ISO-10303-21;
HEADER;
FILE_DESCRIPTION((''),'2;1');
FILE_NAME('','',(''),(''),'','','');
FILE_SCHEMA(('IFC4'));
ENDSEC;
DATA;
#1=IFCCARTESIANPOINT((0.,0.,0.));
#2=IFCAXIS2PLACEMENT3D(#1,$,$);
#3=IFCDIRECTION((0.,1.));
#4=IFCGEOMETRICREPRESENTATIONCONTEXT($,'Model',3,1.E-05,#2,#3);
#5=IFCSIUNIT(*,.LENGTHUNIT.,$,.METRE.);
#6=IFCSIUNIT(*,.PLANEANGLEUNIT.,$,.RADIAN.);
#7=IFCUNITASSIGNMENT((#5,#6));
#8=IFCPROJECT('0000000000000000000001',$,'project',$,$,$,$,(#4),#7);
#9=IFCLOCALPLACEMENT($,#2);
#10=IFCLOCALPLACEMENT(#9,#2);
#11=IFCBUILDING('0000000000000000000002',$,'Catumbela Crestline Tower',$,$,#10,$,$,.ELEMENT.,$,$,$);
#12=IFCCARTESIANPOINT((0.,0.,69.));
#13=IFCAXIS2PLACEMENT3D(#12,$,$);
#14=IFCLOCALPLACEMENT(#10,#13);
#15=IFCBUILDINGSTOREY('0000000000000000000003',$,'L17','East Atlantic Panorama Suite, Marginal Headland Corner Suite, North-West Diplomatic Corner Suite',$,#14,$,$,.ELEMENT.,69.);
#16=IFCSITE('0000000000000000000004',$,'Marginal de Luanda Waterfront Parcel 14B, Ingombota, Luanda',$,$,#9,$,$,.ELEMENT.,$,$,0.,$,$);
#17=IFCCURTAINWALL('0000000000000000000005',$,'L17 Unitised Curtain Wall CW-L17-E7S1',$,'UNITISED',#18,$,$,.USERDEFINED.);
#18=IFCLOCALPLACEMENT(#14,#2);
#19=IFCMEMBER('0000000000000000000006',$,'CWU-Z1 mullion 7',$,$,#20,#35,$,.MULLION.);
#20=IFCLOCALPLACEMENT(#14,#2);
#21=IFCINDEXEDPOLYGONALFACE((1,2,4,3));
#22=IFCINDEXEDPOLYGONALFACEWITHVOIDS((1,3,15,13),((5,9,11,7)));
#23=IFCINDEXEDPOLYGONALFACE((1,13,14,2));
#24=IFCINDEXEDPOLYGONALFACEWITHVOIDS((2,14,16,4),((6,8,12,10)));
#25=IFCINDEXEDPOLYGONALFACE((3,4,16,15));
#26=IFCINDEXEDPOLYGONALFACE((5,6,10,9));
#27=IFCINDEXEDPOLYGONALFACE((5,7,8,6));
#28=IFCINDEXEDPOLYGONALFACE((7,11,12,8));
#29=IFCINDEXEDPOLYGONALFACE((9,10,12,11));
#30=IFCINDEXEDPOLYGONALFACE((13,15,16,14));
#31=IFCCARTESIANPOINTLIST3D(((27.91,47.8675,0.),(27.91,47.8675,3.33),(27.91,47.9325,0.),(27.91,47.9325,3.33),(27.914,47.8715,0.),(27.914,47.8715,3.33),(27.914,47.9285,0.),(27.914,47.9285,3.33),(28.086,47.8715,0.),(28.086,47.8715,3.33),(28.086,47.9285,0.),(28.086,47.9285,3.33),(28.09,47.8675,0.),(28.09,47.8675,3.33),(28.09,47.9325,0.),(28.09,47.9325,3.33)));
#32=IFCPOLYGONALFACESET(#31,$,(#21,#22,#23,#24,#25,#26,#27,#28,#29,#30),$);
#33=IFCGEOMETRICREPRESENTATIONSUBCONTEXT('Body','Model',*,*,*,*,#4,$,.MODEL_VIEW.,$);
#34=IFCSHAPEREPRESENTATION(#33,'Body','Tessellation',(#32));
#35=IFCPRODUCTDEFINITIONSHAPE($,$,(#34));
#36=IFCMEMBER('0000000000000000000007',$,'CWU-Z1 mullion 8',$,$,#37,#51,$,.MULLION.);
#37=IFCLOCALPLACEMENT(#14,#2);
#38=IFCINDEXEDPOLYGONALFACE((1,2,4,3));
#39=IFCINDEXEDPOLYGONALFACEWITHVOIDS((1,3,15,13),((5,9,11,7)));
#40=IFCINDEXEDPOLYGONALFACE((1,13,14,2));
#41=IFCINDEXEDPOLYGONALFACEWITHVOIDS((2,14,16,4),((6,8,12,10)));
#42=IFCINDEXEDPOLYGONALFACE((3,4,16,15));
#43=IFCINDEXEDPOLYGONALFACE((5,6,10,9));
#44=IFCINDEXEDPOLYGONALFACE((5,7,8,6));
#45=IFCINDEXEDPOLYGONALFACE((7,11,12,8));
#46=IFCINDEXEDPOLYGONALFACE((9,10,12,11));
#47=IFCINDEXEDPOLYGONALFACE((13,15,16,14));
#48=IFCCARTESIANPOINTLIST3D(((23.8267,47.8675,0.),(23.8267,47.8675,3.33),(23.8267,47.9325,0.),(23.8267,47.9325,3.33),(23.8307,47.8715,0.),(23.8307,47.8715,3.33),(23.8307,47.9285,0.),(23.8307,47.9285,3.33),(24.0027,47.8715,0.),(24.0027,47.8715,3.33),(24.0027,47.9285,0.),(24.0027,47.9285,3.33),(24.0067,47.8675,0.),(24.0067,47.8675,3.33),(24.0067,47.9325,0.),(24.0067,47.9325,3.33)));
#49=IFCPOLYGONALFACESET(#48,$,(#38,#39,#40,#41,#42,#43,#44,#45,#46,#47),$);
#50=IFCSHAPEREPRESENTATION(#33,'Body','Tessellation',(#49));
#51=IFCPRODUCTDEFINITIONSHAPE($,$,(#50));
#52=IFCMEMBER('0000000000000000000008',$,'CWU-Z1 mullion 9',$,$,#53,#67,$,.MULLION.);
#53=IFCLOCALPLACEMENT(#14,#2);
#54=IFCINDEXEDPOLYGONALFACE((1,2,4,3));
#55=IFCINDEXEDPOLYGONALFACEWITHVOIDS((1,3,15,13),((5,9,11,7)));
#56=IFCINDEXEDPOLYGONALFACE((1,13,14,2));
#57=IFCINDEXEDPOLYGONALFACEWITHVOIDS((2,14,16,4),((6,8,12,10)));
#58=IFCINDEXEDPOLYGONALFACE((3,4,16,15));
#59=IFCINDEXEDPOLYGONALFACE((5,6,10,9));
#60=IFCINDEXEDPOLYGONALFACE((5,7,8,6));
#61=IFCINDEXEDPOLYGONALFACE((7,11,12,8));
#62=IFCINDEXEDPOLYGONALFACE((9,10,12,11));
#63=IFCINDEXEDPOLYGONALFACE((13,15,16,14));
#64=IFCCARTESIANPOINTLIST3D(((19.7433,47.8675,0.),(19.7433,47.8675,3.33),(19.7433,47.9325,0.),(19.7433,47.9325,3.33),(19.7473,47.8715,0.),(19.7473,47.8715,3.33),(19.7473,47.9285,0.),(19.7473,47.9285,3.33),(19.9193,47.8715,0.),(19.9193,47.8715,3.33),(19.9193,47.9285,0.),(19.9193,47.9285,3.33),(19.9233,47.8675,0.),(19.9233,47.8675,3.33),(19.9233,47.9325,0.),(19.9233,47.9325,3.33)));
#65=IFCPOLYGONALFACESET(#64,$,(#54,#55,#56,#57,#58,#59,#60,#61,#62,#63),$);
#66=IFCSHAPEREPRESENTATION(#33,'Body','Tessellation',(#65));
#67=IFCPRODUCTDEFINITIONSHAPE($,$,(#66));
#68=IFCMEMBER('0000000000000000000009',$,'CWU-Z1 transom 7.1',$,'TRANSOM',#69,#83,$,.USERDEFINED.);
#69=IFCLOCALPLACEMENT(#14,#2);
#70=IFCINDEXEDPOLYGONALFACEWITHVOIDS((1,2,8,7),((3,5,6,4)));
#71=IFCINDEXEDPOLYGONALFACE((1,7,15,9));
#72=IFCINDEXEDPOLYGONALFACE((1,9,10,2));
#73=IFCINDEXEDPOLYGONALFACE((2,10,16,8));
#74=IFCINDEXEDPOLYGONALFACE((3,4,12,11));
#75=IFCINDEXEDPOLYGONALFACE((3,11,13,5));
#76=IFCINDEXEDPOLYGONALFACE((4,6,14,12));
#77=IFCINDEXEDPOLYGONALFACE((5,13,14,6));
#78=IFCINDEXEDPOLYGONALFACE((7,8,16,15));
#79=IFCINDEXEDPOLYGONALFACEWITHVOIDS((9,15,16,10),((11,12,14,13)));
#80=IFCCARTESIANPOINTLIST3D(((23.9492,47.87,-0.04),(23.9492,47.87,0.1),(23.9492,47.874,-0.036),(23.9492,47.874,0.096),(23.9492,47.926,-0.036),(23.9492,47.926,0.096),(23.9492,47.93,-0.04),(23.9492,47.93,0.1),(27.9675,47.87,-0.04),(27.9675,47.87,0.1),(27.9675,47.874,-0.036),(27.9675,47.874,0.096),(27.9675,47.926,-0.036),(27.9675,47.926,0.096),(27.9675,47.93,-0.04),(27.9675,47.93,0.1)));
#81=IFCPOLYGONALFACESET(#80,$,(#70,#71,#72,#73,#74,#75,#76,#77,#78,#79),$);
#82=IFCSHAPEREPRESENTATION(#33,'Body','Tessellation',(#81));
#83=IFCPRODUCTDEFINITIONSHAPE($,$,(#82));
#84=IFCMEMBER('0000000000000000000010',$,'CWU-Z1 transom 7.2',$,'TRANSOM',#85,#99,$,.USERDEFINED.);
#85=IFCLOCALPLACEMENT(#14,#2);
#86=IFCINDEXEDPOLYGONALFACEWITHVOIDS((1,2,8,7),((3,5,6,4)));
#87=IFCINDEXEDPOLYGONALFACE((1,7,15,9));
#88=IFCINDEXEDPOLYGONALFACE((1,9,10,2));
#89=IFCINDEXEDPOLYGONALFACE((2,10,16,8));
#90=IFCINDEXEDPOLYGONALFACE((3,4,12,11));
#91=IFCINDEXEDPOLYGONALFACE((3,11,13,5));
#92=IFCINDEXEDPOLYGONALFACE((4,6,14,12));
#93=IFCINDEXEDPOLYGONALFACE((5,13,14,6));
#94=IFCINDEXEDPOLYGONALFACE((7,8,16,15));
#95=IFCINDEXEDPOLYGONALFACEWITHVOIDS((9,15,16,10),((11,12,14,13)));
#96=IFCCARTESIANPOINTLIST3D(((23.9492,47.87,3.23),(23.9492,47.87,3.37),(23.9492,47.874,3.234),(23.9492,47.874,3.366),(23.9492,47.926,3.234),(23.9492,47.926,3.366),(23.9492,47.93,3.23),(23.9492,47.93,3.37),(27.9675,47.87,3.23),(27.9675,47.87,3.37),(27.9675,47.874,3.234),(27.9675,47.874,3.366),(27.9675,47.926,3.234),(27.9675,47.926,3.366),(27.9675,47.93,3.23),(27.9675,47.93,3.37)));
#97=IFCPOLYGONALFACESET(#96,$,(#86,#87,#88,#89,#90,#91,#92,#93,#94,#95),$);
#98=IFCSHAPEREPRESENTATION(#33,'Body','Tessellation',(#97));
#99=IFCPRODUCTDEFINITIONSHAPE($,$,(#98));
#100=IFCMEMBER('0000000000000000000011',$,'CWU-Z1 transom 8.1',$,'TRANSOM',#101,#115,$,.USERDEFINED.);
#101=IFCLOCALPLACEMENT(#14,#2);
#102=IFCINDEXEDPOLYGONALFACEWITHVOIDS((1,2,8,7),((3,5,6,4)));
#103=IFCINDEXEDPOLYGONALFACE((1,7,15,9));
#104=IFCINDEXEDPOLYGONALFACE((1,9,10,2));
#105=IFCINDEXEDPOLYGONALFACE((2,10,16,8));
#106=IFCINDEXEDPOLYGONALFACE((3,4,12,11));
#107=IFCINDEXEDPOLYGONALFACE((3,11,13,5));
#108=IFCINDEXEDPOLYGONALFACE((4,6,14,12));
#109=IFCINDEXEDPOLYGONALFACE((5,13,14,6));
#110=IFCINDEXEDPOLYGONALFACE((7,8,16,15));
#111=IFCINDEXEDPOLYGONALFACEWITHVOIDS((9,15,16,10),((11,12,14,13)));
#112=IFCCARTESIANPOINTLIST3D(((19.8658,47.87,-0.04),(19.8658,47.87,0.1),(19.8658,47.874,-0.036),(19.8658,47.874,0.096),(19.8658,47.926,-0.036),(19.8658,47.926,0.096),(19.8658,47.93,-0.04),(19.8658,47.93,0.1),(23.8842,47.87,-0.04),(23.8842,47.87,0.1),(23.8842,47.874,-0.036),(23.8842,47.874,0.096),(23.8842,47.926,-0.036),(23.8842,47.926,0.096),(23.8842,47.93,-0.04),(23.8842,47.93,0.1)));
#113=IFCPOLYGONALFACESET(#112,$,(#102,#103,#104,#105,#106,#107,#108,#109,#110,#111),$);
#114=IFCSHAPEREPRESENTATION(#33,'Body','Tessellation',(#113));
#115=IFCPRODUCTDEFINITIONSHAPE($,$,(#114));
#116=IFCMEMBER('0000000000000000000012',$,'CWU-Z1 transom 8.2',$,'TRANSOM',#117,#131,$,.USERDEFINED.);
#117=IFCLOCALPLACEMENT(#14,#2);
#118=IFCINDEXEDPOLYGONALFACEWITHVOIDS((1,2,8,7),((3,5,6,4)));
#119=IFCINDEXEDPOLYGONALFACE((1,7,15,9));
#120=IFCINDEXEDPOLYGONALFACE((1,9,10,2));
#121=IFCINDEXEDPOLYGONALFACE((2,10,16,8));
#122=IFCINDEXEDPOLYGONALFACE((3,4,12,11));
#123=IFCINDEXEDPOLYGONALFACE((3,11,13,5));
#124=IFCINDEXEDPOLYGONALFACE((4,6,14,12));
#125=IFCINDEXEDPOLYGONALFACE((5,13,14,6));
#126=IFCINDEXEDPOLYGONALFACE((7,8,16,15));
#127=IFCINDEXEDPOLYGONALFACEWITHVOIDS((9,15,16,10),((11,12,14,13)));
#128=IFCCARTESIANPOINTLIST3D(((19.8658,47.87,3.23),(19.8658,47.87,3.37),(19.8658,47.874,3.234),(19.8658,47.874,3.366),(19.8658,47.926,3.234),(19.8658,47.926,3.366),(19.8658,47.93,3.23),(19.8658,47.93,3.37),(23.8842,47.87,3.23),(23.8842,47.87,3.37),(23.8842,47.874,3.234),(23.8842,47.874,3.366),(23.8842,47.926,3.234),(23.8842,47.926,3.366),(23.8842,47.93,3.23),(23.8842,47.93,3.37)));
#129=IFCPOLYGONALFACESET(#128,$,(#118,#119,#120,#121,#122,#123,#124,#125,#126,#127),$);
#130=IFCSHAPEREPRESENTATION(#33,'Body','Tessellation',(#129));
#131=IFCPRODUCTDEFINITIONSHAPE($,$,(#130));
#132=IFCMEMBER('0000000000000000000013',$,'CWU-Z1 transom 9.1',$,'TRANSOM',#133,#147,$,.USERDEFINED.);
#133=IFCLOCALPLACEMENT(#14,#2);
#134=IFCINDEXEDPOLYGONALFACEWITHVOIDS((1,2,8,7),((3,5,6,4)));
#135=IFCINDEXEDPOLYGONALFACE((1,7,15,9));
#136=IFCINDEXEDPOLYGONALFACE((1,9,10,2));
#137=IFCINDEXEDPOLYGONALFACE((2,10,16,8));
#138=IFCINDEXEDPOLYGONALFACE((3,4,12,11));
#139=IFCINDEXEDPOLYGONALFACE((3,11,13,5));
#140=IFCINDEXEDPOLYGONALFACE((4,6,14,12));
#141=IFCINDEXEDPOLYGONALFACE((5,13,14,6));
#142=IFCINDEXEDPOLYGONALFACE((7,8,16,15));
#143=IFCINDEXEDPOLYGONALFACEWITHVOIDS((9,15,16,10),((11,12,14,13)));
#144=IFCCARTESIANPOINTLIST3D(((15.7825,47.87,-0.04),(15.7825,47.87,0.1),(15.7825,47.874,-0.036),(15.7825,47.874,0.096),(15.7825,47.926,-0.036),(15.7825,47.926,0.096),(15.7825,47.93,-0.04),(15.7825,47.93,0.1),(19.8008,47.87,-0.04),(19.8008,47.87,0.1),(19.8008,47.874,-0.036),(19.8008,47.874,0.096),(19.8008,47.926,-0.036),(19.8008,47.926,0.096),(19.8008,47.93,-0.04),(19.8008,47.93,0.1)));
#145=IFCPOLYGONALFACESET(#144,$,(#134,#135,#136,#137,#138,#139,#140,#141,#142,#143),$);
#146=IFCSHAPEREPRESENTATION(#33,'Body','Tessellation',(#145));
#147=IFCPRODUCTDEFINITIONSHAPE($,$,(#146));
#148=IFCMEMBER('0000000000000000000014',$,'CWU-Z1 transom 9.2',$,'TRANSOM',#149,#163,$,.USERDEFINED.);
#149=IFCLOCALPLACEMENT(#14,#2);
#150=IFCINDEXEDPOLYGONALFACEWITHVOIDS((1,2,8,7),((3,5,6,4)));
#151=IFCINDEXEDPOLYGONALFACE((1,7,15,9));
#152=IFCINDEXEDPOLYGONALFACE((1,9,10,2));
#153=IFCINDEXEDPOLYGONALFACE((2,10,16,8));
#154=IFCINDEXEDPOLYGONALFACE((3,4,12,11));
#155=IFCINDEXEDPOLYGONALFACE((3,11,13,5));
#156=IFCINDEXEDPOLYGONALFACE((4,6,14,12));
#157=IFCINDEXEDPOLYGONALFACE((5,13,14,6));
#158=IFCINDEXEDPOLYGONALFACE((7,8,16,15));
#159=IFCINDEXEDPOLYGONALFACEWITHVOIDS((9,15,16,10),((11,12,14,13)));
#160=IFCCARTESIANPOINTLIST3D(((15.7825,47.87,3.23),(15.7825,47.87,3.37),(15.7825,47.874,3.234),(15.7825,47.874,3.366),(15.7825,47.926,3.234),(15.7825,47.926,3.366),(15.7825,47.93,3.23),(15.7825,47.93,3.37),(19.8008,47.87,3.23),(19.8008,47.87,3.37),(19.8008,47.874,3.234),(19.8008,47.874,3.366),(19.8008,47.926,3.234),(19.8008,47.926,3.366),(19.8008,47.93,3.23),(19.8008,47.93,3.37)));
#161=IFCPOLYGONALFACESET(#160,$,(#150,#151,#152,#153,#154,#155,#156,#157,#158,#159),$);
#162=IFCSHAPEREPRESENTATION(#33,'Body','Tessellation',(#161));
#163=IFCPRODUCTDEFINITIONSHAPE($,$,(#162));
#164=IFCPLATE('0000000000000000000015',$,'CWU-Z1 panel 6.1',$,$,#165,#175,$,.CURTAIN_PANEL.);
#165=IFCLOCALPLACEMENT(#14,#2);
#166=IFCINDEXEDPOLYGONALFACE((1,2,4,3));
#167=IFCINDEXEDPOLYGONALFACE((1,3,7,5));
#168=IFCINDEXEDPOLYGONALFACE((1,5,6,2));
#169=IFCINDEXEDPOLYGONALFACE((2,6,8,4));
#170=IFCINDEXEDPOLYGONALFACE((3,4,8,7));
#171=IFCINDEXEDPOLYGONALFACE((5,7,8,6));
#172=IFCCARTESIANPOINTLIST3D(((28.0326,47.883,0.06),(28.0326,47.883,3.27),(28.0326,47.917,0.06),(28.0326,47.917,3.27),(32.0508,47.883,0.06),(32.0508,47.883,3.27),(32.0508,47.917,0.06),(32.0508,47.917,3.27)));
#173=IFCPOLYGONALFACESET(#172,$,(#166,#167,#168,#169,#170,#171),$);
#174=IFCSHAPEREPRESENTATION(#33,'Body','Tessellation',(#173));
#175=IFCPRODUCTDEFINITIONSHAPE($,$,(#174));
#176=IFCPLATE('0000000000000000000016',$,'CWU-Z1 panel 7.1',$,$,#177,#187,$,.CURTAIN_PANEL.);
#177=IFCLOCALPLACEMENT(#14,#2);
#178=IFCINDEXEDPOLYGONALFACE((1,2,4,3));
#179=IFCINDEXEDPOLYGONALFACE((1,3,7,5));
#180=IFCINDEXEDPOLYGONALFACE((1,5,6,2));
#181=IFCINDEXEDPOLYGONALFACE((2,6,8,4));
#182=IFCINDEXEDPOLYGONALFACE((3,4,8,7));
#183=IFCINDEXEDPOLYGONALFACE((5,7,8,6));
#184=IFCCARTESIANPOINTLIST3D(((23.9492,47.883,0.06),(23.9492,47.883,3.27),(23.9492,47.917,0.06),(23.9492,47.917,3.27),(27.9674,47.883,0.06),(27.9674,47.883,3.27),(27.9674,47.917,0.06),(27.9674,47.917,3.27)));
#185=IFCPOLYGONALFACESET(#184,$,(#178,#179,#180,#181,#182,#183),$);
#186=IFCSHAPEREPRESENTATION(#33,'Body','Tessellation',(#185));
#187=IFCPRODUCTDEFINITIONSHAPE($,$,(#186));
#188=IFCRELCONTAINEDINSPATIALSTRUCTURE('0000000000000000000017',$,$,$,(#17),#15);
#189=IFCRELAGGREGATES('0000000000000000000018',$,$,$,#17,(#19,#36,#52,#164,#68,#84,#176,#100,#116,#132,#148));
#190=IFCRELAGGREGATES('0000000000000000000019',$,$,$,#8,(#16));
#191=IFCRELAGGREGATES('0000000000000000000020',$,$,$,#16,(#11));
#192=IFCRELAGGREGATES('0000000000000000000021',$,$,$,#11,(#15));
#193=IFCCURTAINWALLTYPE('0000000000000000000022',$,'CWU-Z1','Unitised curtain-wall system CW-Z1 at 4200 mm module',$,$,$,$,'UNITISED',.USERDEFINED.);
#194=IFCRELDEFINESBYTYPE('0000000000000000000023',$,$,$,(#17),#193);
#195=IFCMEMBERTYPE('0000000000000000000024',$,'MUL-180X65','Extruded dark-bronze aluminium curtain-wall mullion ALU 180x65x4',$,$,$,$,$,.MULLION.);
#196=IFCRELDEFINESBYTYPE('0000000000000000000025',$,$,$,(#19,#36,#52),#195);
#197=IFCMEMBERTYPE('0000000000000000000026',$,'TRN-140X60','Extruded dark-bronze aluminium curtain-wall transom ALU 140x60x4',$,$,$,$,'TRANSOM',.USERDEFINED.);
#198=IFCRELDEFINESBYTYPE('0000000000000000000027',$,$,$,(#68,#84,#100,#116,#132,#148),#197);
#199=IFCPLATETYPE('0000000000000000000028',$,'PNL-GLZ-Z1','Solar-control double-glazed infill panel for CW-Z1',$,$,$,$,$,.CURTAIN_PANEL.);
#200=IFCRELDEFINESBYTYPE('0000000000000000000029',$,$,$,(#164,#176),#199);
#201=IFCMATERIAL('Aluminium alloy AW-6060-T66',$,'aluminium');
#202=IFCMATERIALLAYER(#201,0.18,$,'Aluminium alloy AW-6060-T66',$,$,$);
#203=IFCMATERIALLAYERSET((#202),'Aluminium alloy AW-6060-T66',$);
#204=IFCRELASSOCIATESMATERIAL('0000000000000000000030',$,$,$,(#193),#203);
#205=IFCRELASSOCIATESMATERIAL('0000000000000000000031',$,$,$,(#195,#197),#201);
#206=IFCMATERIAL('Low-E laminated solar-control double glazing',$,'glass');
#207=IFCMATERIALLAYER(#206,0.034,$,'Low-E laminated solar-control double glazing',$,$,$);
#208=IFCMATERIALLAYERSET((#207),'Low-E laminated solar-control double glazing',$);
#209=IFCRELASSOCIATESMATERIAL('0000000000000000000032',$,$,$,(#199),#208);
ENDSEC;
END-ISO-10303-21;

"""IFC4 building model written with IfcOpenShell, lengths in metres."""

from ifc_helpers import new_model, si_unit, direction, frame, origin, origin_2d, place, context, subcontext, project, spatial, rectangle, hollow_rectangle, extrude, material, layer, layer_set, material_profile, profile_set, type_object, element, aggregate, save


model = new_model("IFC4")

# Units and contexts
model_context = context("Model", 3, precision=1e-05, world=origin(), true_north=direction((0.0, 1.0)))
body_context = subcontext(model_context, "Body", "Model", "MODEL_VIEW")
ifc_project = project(units=[si_unit("LENGTHUNIT", "METRE"), si_unit("PLANEANGLEUNIT", "RADIAN")], contexts=[model_context])

# Site, building, storey
site_placement = place(None, origin())
site = spatial("IfcSite", under=ifc_project, at=site_placement, Name="Marginal de Luanda Waterfront Parcel 14B, Ingombota, Luanda", CompositionType="ELEMENT", RefElevation=0.0)
building_placement = place(site_placement, origin())
building = spatial("IfcBuilding", under=site, at=building_placement, Name="Catumbela Crestline Tower", CompositionType="ELEMENT")
storey_placement = place(building_placement, frame((0.0, 0.0, 69.0)))
storey = spatial("IfcBuildingStorey", under=building, at=storey_placement, Name="L17", Description="East Atlantic Panorama Suite, Marginal Headland Corner Suite, North-West Diplomatic Corner Suite", CompositionType="ELEMENT", Elevation=69.0)

# Curtain wall, members, plates
ifc_material_1 = material(Name="Aluminium alloy AW-6060-T66", Category="aluminium")
ifc_layer_1 = layer(ifc_material_1, 0.18, Name="Aluminium alloy AW-6060-T66")
ifc_layer_set_1 = layer_set([ifc_layer_1], Name="Aluminium alloy AW-6060-T66")
curtain_wall_type = type_object("IfcCurtainWallType", Name="CWU-Z1", Description="Unitised curtain-wall system CW-Z1 at 4200 mm module", ElementType="UNITISED", PredefinedType="USERDEFINED", material=ifc_layer_set_1)
curtain_wall_placement = place(storey_placement, origin())
curtain_wall = element("IfcCurtainWall", 1, at=curtain_wall_placement, inside=storey, type_object=curtain_wall_type, Name="L17 Unitised Curtain Wall CW-L17-E7S1", ObjectType="UNITISED", PredefinedType="USERDEFINED")
ifc_material_profile_1 = material_profile(ifc_material_1, hollow_rectangle(XDim=0.065, YDim=0.18, WallThickness=0.004, at=origin_2d()), Name="ALU 180x65x4")
ifc_profile_set_1 = profile_set([ifc_material_profile_1], Name="Aluminium alloy AW-6060-T66")
member_type_1 = type_object("IfcMemberType", Name="MUL-180X65", Description="Extruded dark-bronze aluminium curtain-wall mullion ALU 180x65x4", PredefinedType="MULLION", material=ifc_profile_set_1)
member_1_placement = place(storey_placement, frame((28.0, 47.9, 0.0), z_axis=(0.0, 0.0, 1.0), x_axis=(0.0, -1.0, 0.0)))
member_1 = element("IfcMember", 2, at=member_1_placement, type_object=member_type_1, Name="CWU-Z1 mullion 7", PredefinedType="MULLION", context=body_context, shape_type="SweptSolid", body=[
    extrude(hollow_rectangle(XDim=0.065, YDim=0.18, WallThickness=0.004, at=origin_2d()), origin(), (0.0, 0.0, 1.0), 3.33),
])
member_2_placement = place(storey_placement, frame((23.9167, 47.9, 0.0), z_axis=(0.0, 0.0, 1.0), x_axis=(0.0, -1.0, 0.0)))
member_2 = element("IfcMember", 3, at=member_2_placement, type_object=member_type_1, Name="CWU-Z1 mullion 8", PredefinedType="MULLION", context=body_context, shape_type="SweptSolid", body=[
    extrude(hollow_rectangle(XDim=0.065, YDim=0.18, WallThickness=0.004, at=origin_2d()), origin(), (0.0, 0.0, 1.0), 3.33),
])
member_3_placement = place(storey_placement, frame((19.8333, 47.9, 0.0), z_axis=(0.0, 0.0, 1.0), x_axis=(0.0, -1.0, 0.0)))
member_3 = element("IfcMember", 4, at=member_3_placement, type_object=member_type_1, Name="CWU-Z1 mullion 9", PredefinedType="MULLION", context=body_context, shape_type="SweptSolid", body=[
    extrude(hollow_rectangle(XDim=0.065, YDim=0.18, WallThickness=0.004, at=origin_2d()), origin(), (0.0, 0.0, 1.0), 3.33),
])
ifc_material_profile_2 = material_profile(ifc_material_1, hollow_rectangle(XDim=0.06, YDim=0.14, WallThickness=0.004, at=origin_2d()), Name="ALU 140x60x4")
ifc_profile_set_2 = profile_set([ifc_material_profile_2], Name="Aluminium alloy AW-6060-T66")
member_type_2 = type_object("IfcMemberType", Name="TRN-140X60", Description="Extruded dark-bronze aluminium curtain-wall transom ALU 140x60x4", ElementType="TRANSOM", PredefinedType="USERDEFINED", material=ifc_profile_set_2)
member_4_placement = place(storey_placement, frame((27.9675, 47.9, 0.03), z_axis=(-1.0, 0.0, 0.0), x_axis=(0.0, -1.0, 0.0)))
member_4 = element("IfcMember", 5, at=member_4_placement, type_object=member_type_2, Name="CWU-Z1 transom 7.1", ObjectType="TRANSOM", PredefinedType="USERDEFINED", context=body_context, shape_type="SweptSolid", body=[
    extrude(hollow_rectangle(XDim=0.06, YDim=0.14, WallThickness=0.004, at=origin_2d()), origin(), (0.0, 0.0, 1.0), 4.0183),
])
member_5_placement = place(storey_placement, frame((27.9675, 47.9, 3.3), z_axis=(-1.0, 0.0, 0.0), x_axis=(0.0, -1.0, 0.0)))
member_5 = element("IfcMember", 6, at=member_5_placement, type_object=member_type_2, Name="CWU-Z1 transom 7.2", ObjectType="TRANSOM", PredefinedType="USERDEFINED", context=body_context, shape_type="SweptSolid", body=[
    extrude(hollow_rectangle(XDim=0.06, YDim=0.14, WallThickness=0.004, at=origin_2d()), origin(), (0.0, 0.0, 1.0), 4.0183),
])
member_6_placement = place(storey_placement, frame((23.8842, 47.9, 0.03), z_axis=(-1.0, 0.0, 0.0), x_axis=(0.0, -1.0, 0.0)))
member_6 = element("IfcMember", 7, at=member_6_placement, type_object=member_type_2, Name="CWU-Z1 transom 8.1", ObjectType="TRANSOM", PredefinedType="USERDEFINED", context=body_context, shape_type="SweptSolid", body=[
    extrude(hollow_rectangle(XDim=0.06, YDim=0.14, WallThickness=0.004, at=origin_2d()), origin(), (0.0, 0.0, 1.0), 4.0184),
])
member_7_placement = place(storey_placement, frame((23.8842, 47.9, 3.3), z_axis=(-1.0, 0.0, 0.0), x_axis=(0.0, -1.0, 0.0)))
member_7 = element("IfcMember", 8, at=member_7_placement, type_object=member_type_2, Name="CWU-Z1 transom 8.2", ObjectType="TRANSOM", PredefinedType="USERDEFINED", context=body_context, shape_type="SweptSolid", body=[
    extrude(hollow_rectangle(XDim=0.06, YDim=0.14, WallThickness=0.004, at=origin_2d()), origin(), (0.0, 0.0, 1.0), 4.0184),
])
member_8_placement = place(storey_placement, frame((19.8008, 47.9, 0.03), z_axis=(-1.0, 0.0, 0.0), x_axis=(0.0, -1.0, 0.0)))
member_8 = element("IfcMember", 9, at=member_8_placement, type_object=member_type_2, Name="CWU-Z1 transom 9.1", ObjectType="TRANSOM", PredefinedType="USERDEFINED", context=body_context, shape_type="SweptSolid", body=[
    extrude(hollow_rectangle(XDim=0.06, YDim=0.14, WallThickness=0.004, at=origin_2d()), origin(), (0.0, 0.0, 1.0), 4.0183),
])
member_9_placement = place(storey_placement, frame((19.8008, 47.9, 3.3), z_axis=(-1.0, 0.0, 0.0), x_axis=(0.0, -1.0, 0.0)))
member_9 = element("IfcMember", 10, at=member_9_placement, type_object=member_type_2, Name="CWU-Z1 transom 9.2", ObjectType="TRANSOM", PredefinedType="USERDEFINED", context=body_context, shape_type="SweptSolid", body=[
    extrude(hollow_rectangle(XDim=0.06, YDim=0.14, WallThickness=0.004, at=origin_2d()), origin(), (0.0, 0.0, 1.0), 4.0183),
])
ifc_material_2 = material(Name="Low-E laminated solar-control double glazing", Category="glass")
ifc_layer_2 = layer(ifc_material_2, 0.034, Name="Low-E laminated solar-control double glazing")
ifc_layer_set_2 = layer_set([ifc_layer_2], Name="Low-E laminated solar-control double glazing")
plate_type = type_object("IfcPlateType", Name="PNL-GLZ-Z1", Description="Solar-control double-glazed infill panel for CW-Z1", PredefinedType="CURTAIN_PANEL", material=ifc_layer_set_2)
plate_1_placement = place(storey_placement, frame((30.0417, 47.9, 0.06), z_axis=(0.0, 0.0, 1.0), x_axis=(-1.0, 0.0, 0.0)))
plate_1 = element("IfcPlate", 11, at=plate_1_placement, type_object=plate_type, Name="CWU-Z1 panel 6.1", PredefinedType="CURTAIN_PANEL", context=body_context, shape_type="SweptSolid", body=[
    extrude(rectangle(XDim=4.0183, YDim=0.034, at=origin_2d()), origin(), (0.0, 0.0, 1.0), 3.21),
])
plate_2_placement = place(storey_placement, frame((25.9583, 47.9, 0.06), z_axis=(0.0, 0.0, 1.0), x_axis=(-1.0, 0.0, 0.0)))
plate_2 = element("IfcPlate", 12, at=plate_2_placement, type_object=plate_type, Name="CWU-Z1 panel 7.1", PredefinedType="CURTAIN_PANEL", context=body_context, shape_type="SweptSolid", body=[
    extrude(rectangle(XDim=4.0183, YDim=0.034, at=origin_2d()), origin(), (0.0, 0.0, 1.0), 3.21),
])
aggregate(curtain_wall, [member_1, member_2, member_3, plate_1, member_4, member_5, plate_2, member_6, member_7, member_8, member_9])

save(model, "model.ifc")
